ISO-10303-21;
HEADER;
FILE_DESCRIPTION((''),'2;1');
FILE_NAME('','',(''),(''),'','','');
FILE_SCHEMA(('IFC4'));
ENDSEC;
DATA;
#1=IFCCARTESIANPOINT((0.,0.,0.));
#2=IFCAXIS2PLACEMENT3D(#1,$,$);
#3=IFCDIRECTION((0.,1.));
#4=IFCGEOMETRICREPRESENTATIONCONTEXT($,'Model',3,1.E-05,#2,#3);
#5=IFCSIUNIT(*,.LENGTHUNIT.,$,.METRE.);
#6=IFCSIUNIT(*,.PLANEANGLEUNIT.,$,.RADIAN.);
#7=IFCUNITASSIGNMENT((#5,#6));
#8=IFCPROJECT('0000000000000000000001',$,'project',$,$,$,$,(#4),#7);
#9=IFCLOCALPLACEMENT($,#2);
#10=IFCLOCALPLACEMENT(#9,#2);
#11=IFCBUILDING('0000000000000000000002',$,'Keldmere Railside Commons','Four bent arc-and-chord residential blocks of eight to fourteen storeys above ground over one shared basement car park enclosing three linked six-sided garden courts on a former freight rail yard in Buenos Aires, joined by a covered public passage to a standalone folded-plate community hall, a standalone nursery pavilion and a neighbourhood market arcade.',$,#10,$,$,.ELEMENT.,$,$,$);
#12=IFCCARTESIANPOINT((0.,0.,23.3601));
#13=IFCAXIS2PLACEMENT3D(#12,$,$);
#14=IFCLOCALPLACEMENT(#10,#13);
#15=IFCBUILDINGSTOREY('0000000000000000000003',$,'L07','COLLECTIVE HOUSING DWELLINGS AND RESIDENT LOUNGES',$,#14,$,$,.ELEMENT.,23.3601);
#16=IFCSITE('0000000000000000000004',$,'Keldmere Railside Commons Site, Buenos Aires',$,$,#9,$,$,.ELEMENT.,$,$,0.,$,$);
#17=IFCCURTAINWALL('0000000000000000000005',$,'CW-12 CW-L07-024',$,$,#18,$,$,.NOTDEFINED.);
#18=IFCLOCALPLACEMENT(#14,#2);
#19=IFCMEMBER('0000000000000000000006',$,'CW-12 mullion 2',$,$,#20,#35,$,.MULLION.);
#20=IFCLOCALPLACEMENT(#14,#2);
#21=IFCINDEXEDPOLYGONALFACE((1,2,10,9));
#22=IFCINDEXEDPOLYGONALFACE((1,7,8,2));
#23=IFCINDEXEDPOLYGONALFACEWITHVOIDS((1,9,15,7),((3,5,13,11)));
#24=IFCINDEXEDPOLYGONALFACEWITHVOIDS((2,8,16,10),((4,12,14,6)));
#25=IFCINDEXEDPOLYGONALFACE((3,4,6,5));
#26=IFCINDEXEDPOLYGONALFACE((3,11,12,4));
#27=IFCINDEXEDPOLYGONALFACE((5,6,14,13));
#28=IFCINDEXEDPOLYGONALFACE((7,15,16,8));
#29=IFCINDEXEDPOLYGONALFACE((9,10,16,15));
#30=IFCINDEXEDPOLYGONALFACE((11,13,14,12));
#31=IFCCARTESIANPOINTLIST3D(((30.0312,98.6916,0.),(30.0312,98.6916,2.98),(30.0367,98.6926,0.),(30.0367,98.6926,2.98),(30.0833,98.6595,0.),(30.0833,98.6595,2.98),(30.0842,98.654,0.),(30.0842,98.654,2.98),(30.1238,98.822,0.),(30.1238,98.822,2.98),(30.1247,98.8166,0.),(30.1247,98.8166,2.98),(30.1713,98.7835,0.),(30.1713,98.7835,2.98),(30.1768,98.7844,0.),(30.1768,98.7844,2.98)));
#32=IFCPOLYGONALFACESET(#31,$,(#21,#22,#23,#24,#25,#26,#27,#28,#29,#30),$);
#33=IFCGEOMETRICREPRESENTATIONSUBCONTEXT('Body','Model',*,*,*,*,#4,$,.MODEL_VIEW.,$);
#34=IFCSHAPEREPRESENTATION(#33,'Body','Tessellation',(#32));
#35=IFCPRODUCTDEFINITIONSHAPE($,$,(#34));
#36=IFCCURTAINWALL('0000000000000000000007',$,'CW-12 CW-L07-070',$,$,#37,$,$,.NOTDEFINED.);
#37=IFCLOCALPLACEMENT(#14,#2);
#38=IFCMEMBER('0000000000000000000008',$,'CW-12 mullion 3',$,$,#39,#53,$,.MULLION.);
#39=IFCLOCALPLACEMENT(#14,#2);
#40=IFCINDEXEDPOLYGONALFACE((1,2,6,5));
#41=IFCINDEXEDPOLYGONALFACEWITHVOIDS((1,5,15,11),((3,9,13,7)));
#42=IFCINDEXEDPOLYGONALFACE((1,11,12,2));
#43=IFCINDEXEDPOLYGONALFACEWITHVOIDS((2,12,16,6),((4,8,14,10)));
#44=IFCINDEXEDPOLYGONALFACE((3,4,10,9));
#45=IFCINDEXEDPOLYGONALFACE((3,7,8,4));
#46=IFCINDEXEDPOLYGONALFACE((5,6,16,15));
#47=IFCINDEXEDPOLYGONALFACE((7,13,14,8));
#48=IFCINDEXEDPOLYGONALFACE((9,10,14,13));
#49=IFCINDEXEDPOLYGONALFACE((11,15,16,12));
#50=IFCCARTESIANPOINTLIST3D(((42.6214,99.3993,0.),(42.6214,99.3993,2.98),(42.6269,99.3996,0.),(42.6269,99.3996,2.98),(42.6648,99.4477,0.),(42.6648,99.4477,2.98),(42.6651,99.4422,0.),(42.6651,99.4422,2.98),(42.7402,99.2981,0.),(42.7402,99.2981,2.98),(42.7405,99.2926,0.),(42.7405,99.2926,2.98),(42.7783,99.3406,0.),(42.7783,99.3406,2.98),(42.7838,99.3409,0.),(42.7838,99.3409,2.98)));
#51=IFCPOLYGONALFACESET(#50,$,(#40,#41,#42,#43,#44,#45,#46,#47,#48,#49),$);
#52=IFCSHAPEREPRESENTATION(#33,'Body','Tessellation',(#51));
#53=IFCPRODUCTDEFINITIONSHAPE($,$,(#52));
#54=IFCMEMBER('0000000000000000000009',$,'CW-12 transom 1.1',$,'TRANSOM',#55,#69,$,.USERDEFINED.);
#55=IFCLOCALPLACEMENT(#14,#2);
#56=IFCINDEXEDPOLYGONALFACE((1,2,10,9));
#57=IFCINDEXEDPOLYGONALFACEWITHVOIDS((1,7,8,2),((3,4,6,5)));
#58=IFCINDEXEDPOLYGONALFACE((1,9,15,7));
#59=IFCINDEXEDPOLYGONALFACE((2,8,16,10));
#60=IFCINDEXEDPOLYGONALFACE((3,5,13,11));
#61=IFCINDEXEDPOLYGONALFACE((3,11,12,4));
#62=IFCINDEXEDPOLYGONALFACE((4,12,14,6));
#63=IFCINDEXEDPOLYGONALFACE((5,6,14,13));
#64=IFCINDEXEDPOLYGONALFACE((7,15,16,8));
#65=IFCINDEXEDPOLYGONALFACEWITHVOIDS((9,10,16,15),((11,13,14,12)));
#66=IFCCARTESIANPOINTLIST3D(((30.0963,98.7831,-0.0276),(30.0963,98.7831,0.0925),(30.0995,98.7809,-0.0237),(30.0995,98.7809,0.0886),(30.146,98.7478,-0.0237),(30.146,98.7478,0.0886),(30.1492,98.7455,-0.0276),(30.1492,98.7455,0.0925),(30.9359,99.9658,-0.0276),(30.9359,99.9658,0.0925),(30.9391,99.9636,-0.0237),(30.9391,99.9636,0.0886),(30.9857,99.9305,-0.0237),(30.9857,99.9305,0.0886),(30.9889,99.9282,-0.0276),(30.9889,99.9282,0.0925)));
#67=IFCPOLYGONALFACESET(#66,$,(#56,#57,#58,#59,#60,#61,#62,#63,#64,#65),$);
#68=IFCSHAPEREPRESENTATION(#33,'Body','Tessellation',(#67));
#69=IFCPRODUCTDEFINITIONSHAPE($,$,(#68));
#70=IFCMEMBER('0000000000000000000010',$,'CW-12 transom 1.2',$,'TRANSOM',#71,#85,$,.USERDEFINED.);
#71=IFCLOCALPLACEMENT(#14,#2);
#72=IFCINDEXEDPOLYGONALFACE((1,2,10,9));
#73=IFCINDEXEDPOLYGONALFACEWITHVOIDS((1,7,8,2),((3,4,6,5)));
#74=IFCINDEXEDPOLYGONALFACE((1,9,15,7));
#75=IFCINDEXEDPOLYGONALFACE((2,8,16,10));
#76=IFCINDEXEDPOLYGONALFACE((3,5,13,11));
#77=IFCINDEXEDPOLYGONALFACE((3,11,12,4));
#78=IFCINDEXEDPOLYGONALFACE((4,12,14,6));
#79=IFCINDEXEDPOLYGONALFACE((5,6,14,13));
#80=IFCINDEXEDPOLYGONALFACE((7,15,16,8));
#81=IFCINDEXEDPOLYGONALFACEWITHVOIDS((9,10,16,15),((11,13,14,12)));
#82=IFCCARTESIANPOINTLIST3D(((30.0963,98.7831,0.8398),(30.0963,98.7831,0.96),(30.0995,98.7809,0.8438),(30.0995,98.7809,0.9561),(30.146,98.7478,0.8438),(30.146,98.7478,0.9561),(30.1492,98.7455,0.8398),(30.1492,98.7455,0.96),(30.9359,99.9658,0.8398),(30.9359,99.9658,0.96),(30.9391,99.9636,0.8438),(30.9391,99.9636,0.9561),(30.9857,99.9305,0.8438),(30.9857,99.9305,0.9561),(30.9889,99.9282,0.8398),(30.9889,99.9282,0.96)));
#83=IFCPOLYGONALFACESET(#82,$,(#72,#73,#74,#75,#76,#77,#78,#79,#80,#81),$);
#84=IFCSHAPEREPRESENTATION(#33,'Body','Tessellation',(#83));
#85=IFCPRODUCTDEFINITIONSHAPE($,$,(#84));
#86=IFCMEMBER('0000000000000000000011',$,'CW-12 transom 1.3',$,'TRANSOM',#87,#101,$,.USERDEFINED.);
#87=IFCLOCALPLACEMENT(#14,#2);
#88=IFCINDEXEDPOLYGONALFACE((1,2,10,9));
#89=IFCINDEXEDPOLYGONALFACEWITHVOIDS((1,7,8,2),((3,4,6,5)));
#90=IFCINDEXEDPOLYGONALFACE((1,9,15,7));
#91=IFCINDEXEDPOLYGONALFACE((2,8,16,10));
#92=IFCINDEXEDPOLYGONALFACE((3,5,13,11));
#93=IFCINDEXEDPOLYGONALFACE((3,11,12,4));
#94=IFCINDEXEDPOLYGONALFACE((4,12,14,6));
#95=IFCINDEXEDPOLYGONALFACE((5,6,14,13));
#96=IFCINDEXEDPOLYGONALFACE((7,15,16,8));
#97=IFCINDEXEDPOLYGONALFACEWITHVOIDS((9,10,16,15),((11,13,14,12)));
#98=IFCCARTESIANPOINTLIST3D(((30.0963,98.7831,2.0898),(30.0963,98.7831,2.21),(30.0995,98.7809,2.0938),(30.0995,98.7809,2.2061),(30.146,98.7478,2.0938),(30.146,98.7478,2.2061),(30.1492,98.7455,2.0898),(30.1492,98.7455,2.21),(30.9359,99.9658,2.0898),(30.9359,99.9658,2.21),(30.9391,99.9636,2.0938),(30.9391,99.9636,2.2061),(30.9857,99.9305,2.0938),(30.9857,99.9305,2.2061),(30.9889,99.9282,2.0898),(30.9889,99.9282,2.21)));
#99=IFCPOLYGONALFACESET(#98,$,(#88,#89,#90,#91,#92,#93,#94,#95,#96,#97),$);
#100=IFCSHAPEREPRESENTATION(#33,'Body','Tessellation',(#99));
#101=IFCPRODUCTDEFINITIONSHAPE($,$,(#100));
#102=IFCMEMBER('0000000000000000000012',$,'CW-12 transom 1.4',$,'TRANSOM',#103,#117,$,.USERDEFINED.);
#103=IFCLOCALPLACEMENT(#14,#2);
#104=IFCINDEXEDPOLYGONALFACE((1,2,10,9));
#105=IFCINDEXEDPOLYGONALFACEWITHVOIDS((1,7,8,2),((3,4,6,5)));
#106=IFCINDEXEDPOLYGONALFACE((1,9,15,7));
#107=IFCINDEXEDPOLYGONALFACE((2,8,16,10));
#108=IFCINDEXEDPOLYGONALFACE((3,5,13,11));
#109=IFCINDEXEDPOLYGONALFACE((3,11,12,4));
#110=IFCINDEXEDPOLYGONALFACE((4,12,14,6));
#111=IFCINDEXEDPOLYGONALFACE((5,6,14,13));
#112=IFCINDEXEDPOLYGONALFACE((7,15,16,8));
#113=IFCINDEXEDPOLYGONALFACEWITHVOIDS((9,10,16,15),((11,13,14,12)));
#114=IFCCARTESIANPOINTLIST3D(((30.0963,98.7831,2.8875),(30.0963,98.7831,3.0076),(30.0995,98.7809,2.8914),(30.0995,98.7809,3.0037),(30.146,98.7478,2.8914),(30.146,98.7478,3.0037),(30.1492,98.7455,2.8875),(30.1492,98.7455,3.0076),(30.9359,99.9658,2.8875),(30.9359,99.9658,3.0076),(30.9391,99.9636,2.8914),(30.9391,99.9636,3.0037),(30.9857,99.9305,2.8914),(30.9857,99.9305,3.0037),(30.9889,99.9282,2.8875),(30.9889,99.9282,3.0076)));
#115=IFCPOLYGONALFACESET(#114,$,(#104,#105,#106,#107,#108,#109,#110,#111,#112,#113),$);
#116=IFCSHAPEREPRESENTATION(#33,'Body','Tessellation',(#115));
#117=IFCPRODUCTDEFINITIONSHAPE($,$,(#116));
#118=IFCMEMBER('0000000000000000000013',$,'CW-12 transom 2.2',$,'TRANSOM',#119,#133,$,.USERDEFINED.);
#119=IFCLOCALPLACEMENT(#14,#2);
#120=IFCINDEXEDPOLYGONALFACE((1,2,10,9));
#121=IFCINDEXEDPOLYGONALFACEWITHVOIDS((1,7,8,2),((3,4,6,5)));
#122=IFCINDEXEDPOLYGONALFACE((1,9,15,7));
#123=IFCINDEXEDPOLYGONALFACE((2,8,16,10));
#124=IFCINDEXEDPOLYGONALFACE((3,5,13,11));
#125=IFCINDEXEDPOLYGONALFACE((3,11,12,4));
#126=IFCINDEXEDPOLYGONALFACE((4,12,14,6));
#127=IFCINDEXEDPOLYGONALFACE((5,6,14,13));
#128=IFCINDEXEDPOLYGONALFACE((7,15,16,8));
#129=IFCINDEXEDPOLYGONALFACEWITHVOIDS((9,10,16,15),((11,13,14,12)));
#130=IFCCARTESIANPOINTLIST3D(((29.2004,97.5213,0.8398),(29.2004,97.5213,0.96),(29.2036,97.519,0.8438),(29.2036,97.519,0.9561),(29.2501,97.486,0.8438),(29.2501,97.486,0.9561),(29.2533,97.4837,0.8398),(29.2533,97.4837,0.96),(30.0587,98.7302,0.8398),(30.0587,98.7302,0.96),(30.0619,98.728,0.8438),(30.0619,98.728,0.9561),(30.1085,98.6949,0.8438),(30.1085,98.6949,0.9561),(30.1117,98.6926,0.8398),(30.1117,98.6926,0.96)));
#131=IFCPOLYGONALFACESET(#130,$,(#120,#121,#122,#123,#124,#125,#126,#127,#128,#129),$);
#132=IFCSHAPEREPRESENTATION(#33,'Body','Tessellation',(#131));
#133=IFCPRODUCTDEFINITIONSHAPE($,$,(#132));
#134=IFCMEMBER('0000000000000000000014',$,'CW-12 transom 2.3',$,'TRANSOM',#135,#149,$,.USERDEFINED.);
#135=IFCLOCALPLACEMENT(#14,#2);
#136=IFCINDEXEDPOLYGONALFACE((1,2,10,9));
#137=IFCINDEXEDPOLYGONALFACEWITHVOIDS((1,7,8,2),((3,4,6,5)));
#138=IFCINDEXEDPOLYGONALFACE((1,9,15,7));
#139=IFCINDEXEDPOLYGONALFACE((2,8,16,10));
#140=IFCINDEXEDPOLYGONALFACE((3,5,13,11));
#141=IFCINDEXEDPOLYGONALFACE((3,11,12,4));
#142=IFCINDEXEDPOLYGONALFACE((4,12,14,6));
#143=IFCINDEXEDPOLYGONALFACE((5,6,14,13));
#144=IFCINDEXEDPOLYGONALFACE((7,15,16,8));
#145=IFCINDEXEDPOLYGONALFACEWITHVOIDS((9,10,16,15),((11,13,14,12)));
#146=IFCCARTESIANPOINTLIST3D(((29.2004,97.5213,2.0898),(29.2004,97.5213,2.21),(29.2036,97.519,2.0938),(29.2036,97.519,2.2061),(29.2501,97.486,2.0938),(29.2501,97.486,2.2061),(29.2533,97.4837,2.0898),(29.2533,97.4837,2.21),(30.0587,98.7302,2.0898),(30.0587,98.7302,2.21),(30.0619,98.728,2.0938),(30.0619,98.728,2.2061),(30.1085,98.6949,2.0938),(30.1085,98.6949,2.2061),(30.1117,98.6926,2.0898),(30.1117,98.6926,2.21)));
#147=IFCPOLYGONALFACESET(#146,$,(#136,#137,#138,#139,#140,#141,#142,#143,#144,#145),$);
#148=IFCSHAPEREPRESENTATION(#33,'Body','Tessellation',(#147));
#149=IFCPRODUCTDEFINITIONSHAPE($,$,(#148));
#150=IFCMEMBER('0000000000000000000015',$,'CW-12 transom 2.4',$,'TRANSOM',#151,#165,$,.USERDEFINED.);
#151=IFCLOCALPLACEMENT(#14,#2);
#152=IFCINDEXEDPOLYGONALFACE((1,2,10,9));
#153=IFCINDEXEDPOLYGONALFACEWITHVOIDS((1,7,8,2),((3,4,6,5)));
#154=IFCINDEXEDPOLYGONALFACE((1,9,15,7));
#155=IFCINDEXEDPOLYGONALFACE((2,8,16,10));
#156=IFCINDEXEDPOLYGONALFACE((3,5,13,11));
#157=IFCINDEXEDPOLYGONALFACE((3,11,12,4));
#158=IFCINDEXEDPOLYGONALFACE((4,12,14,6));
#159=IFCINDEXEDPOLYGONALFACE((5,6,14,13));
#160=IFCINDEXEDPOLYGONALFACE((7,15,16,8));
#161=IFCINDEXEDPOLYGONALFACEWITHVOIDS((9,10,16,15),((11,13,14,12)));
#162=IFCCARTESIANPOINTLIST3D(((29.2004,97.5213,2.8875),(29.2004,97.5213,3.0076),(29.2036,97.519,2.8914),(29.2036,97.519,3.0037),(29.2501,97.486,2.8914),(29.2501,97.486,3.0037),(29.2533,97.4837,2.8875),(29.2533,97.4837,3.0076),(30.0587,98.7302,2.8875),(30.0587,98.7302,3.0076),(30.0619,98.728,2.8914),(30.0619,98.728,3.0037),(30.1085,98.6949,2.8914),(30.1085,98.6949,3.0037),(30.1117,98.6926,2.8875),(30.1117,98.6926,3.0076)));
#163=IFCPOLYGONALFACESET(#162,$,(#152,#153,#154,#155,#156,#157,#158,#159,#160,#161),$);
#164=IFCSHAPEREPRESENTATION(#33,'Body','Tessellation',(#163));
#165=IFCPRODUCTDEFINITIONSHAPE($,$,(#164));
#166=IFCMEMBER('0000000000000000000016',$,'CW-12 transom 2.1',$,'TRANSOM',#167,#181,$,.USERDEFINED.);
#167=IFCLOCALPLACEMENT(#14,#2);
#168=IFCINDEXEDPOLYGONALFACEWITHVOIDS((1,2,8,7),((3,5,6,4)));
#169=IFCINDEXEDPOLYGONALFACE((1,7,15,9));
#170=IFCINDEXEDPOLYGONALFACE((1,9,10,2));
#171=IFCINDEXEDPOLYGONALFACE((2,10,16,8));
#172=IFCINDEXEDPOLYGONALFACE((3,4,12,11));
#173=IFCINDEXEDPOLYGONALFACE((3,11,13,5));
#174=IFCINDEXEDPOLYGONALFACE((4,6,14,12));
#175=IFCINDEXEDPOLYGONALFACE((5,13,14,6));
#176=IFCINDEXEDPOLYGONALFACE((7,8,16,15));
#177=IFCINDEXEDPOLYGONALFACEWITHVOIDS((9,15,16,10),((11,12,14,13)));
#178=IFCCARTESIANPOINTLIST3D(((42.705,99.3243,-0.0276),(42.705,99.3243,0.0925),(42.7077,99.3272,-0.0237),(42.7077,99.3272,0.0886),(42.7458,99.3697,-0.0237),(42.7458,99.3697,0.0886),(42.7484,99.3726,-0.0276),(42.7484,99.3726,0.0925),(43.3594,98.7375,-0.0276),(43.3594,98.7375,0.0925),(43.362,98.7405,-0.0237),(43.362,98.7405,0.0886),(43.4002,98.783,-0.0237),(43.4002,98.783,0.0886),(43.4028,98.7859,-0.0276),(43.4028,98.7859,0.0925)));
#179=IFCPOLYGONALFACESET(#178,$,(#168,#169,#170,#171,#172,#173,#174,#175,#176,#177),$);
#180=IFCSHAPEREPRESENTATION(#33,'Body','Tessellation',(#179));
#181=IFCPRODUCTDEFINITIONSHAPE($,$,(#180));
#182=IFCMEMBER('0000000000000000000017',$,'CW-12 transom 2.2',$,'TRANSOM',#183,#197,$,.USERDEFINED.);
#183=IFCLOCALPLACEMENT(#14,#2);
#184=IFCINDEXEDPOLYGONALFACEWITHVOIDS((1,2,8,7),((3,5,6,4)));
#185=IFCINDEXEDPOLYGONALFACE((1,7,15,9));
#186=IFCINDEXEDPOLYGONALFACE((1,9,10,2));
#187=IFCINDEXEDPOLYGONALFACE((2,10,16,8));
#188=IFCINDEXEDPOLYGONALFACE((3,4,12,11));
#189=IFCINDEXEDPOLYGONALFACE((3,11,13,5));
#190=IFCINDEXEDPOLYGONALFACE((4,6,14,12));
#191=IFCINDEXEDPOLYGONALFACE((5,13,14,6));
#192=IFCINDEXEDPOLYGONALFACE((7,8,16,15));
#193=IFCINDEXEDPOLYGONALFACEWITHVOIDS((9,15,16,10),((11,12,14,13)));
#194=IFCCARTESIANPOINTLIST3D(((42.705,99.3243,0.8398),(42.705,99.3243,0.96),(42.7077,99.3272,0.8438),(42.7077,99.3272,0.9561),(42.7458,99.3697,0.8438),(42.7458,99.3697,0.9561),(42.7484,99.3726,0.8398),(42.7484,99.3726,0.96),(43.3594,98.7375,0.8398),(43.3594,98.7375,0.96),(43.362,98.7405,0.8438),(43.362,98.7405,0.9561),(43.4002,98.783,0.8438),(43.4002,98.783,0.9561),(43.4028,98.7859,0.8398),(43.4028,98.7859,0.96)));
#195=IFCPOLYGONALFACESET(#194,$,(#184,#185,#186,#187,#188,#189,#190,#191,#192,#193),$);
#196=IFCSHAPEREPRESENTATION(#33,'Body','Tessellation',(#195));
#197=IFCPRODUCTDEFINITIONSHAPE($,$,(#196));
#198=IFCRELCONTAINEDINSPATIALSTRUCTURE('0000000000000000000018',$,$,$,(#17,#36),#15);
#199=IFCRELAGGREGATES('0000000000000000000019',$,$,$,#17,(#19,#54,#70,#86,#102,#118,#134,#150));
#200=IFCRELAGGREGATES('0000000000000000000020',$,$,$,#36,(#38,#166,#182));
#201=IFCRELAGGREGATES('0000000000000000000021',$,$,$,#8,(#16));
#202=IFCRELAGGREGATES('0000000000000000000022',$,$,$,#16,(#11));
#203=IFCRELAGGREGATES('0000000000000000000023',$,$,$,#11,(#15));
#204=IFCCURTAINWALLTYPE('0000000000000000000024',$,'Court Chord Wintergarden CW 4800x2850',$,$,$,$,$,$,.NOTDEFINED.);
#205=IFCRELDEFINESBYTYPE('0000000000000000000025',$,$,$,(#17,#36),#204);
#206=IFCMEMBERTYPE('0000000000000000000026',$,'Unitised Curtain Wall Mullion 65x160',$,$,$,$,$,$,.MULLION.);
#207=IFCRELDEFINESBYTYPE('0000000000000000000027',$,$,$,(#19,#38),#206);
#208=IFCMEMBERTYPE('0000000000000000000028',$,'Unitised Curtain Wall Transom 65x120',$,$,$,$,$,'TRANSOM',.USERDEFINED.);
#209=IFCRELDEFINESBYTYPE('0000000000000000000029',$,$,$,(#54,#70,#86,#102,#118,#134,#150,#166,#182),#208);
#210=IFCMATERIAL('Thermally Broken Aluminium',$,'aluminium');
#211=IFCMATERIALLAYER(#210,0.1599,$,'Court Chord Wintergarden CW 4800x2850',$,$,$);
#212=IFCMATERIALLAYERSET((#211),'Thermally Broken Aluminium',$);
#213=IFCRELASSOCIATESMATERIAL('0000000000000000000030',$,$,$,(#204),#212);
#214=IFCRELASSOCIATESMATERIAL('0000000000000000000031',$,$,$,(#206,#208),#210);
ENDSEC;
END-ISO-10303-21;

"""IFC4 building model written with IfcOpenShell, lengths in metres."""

from ifc_helpers import new_model, si_unit, direction, frame, origin, origin_2d, place, context, subcontext, project, spatial, hollow_rectangle, extrude, material, layer, layer_set, material_profile, profile_set, type_object, element, aggregate, save


model = new_model("IFC4")

# Units and contexts
model_context = context("Model", 3, precision=1e-05, world=origin(), true_north=direction((0.0, 1.0)))
body_context = subcontext(model_context, "Body", "Model", "MODEL_VIEW")
ifc_project = project(units=[si_unit("LENGTHUNIT", "METRE"), si_unit("PLANEANGLEUNIT", "RADIAN")], contexts=[model_context])

# Site, building, storey
site_placement = place(None, origin())
site = spatial("IfcSite", under=ifc_project, at=site_placement, Name="Keldmere Railside Commons Site, Buenos Aires", CompositionType="ELEMENT", RefElevation=0.0)
building_placement = place(site_placement, origin())
building = spatial("IfcBuilding", under=site, at=building_placement, Name="Keldmere Railside Commons", Description="Four bent arc-and-chord residential blocks of eight to fourteen storeys above ground over one shared basement car park enclosing three linked six-sided garden courts on a former freight rail yard in Buenos Aires, joined by a covered public passage to a standalone folded-plate community hall, a standalone nursery pavilion and a neighbourhood market arcade.", CompositionType="ELEMENT")
storey_placement = place(building_placement, frame((0.0, 0.0, 23.3601)))
storey = spatial("IfcBuildingStorey", under=building, at=storey_placement, Name="L07", Description="COLLECTIVE HOUSING DWELLINGS AND RESIDENT LOUNGES", CompositionType="ELEMENT", Elevation=23.3601)

# Curtain walls, members
ifc_material_1 = material(Name="Thermally Broken Aluminium", Category="aluminium")
ifc_layer_1 = layer(ifc_material_1, 0.1599, Name="Court Chord Wintergarden CW 4800x2850")
ifc_layer_set_1 = layer_set([ifc_layer_1], Name="Thermally Broken Aluminium")
curtain_wall_type = type_object("IfcCurtainWallType", Name="Court Chord Wintergarden CW 4800x2850", PredefinedType="NOTDEFINED", material=ifc_layer_set_1)
curtain_wall_1_placement = place(storey_placement, origin())
curtain_wall_1 = element("IfcCurtainWall", 1, at=curtain_wall_1_placement, inside=storey, type_object=curtain_wall_type, Name="CW-12 CW-L07-024", PredefinedType="NOTDEFINED")
ifc_material_profile_1 = material_profile(ifc_material_1, hollow_rectangle(XDim=0.0649, YDim=0.1599, WallThickness=0.0039, at=origin_2d()), Name="ALU-MULL-65x160")
ifc_profile_set_1 = profile_set([ifc_material_profile_1], Name="Thermally Broken Aluminium")
member_type_1 = type_object("IfcMemberType", Name="Unitised Curtain Wall Mullion 65x160", PredefinedType="MULLION", material=ifc_profile_set_1)
member_1_placement = place(storey_placement, frame((30.104, 98.738, 0.0), z_axis=(0.0, 0.0, 1.0), x_axis=(0.815389, -0.578913, 0.0)))
member_1 = element("IfcMember", 2, at=member_1_placement, type_object=member_type_1, Name="CW-12 mullion 2", PredefinedType="MULLION", context=body_context, shape_type="SweptSolid", body=[
    extrude(hollow_rectangle(XDim=0.0649, YDim=0.1599, WallThickness=0.0039, at=origin_2d()), origin(), (0.0, 0.0, 1.0), 2.98),
])
curtain_wall_2_placement = place(storey_placement, origin())
curtain_wall_2 = element("IfcCurtainWall", 3, at=curtain_wall_2_placement, inside=storey, type_object=curtain_wall_type, Name="CW-12 CW-L07-070", PredefinedType="NOTDEFINED")
member_2_placement = place(storey_placement, frame((42.7026, 99.3701, 0.0), z_axis=(0.0, 0.0, 1.0), x_axis=(-0.667559, -0.744557, 0.0)))
member_2 = element("IfcMember", 4, at=member_2_placement, type_object=member_type_1, Name="CW-12 mullion 3", PredefinedType="MULLION", context=body_context, shape_type="SweptSolid", body=[
    extrude(hollow_rectangle(XDim=0.0649, YDim=0.1599, WallThickness=0.0039, at=origin_2d()), origin(), (0.0, 0.0, 1.0), 2.98),
])

# Members
ifc_material_profile_2 = material_profile(ifc_material_1, hollow_rectangle(XDim=0.0649, YDim=0.1201, WallThickness=0.0039, at=origin_2d()), Name="ALU-TRAN-65x120")
ifc_profile_set_2 = profile_set([ifc_material_profile_2], Name="Thermally Broken Aluminium")
member_type_2 = type_object("IfcMemberType", Name="Unitised Curtain Wall Transom 65x120", ElementType="TRANSOM", PredefinedType="USERDEFINED", material=ifc_profile_set_2)
member_3_placement = place(storey_placement, frame((30.9624, 99.947, 0.0325), z_axis=(-0.578895, -0.815402, 0.0), x_axis=(0.815402, -0.578895, 0.0)))
member_3 = element("IfcMember", 5, at=member_3_placement, type_object=member_type_2, Name="CW-12 transom 1.1", ObjectType="TRANSOM", PredefinedType="USERDEFINED", context=body_context, shape_type="SweptSolid", body=[
    extrude(hollow_rectangle(XDim=0.0649, YDim=0.1201, WallThickness=0.0039, at=origin_2d()), origin(), (0.0, 0.0, 1.0), 1.4504),
])
member_4_placement = place(storey_placement, frame((30.9624, 99.947, 0.8999), z_axis=(-0.578895, -0.815402, 0.0), x_axis=(0.815402, -0.578895, 0.0)))
member_4 = element("IfcMember", 6, at=member_4_placement, type_object=member_type_2, Name="CW-12 transom 1.2", ObjectType="TRANSOM", PredefinedType="USERDEFINED", context=body_context, shape_type="SweptSolid", body=[
    extrude(hollow_rectangle(XDim=0.0649, YDim=0.1201, WallThickness=0.0039, at=origin_2d()), origin(), (0.0, 0.0, 1.0), 1.4504),
])
member_5_placement = place(storey_placement, frame((30.9624, 99.947, 2.1499), z_axis=(-0.578895, -0.815402, 0.0), x_axis=(0.815402, -0.578895, 0.0)))
member_5 = element("IfcMember", 7, at=member_5_placement, type_object=member_type_2, Name="CW-12 transom 1.3", ObjectType="TRANSOM", PredefinedType="USERDEFINED", context=body_context, shape_type="SweptSolid", body=[
    extrude(hollow_rectangle(XDim=0.0649, YDim=0.1201, WallThickness=0.0039, at=origin_2d()), origin(), (0.0, 0.0, 1.0), 1.4504),
])
member_6_placement = place(storey_placement, frame((30.9624, 99.947, 2.9475), z_axis=(-0.578895, -0.815402, 0.0), x_axis=(0.815402, -0.578895, 0.0)))
member_6 = element("IfcMember", 8, at=member_6_placement, type_object=member_type_2, Name="CW-12 transom 1.4", ObjectType="TRANSOM", PredefinedType="USERDEFINED", context=body_context, shape_type="SweptSolid", body=[
    extrude(hollow_rectangle(XDim=0.0649, YDim=0.1201, WallThickness=0.0039, at=origin_2d()), origin(), (0.0, 0.0, 1.0), 1.4504),
])
member_7_placement = place(storey_placement, frame((30.0852, 98.7114, 0.8999), z_axis=(-0.578931, -0.815377, 0.0), x_axis=(0.815377, -0.578931, 0.0)))
member_7 = element("IfcMember", 9, at=member_7_placement, type_object=member_type_2, Name="CW-12 transom 2.2", ObjectType="TRANSOM", PredefinedType="USERDEFINED", context=body_context, shape_type="SweptSolid", body=[
    extrude(hollow_rectangle(XDim=0.0649, YDim=0.1201, WallThickness=0.0039, at=origin_2d()), origin(), (0.0, 0.0, 1.0), 1.4827),
])
member_8_placement = place(storey_placement, frame((30.0852, 98.7114, 2.1499), z_axis=(-0.578931, -0.815377, 0.0), x_axis=(0.815377, -0.578931, 0.0)))
member_8 = element("IfcMember", 10, at=member_8_placement, type_object=member_type_2, Name="CW-12 transom 2.3", ObjectType="TRANSOM", PredefinedType="USERDEFINED", context=body_context, shape_type="SweptSolid", body=[
    extrude(hollow_rectangle(XDim=0.0649, YDim=0.1201, WallThickness=0.0039, at=origin_2d()), origin(), (0.0, 0.0, 1.0), 1.4827),
])
member_9_placement = place(storey_placement, frame((30.0852, 98.7114, 2.9475), z_axis=(-0.578931, -0.815377, 0.0), x_axis=(0.815377, -0.578931, 0.0)))
member_9 = element("IfcMember", 11, at=member_9_placement, type_object=member_type_2, Name="CW-12 transom 2.4", ObjectType="TRANSOM", PredefinedType="USERDEFINED", context=body_context, shape_type="SweptSolid", body=[
    extrude(hollow_rectangle(XDim=0.0649, YDim=0.1201, WallThickness=0.0039, at=origin_2d()), origin(), (0.0, 0.0, 1.0), 1.4827),
])
member_10_placement = place(storey_placement, frame((43.3811, 98.7617, 0.0325), z_axis=(-0.744536, 0.667582, 0.0), x_axis=(-0.667582, -0.744536, 0.0)))
member_10 = element("IfcMember", 12, at=member_10_placement, type_object=member_type_2, Name="CW-12 transom 2.1", ObjectType="TRANSOM", PredefinedType="USERDEFINED", context=body_context, shape_type="SweptSolid", body=[
    extrude(hollow_rectangle(XDim=0.0649, YDim=0.1201, WallThickness=0.0039, at=origin_2d()), origin(), (0.0, 0.0, 1.0), 0.8789),
])
member_11_placement = place(storey_placement, frame((43.3811, 98.7617, 0.8999), z_axis=(-0.744536, 0.667582, 0.0), x_axis=(-0.667582, -0.744536, 0.0)))
member_11 = element("IfcMember", 13, at=member_11_placement, type_object=member_type_2, Name="CW-12 transom 2.2", ObjectType="TRANSOM", PredefinedType="USERDEFINED", context=body_context, shape_type="SweptSolid", body=[
    extrude(hollow_rectangle(XDim=0.0649, YDim=0.1201, WallThickness=0.0039, at=origin_2d()), origin(), (0.0, 0.0, 1.0), 0.8789),
])

aggregate(curtain_wall_1, [member_1, member_3, member_4, member_5, member_6, member_7, member_8, member_9])
aggregate(curtain_wall_2, [member_2, member_10, member_11])

save(model, "model.ifc")
